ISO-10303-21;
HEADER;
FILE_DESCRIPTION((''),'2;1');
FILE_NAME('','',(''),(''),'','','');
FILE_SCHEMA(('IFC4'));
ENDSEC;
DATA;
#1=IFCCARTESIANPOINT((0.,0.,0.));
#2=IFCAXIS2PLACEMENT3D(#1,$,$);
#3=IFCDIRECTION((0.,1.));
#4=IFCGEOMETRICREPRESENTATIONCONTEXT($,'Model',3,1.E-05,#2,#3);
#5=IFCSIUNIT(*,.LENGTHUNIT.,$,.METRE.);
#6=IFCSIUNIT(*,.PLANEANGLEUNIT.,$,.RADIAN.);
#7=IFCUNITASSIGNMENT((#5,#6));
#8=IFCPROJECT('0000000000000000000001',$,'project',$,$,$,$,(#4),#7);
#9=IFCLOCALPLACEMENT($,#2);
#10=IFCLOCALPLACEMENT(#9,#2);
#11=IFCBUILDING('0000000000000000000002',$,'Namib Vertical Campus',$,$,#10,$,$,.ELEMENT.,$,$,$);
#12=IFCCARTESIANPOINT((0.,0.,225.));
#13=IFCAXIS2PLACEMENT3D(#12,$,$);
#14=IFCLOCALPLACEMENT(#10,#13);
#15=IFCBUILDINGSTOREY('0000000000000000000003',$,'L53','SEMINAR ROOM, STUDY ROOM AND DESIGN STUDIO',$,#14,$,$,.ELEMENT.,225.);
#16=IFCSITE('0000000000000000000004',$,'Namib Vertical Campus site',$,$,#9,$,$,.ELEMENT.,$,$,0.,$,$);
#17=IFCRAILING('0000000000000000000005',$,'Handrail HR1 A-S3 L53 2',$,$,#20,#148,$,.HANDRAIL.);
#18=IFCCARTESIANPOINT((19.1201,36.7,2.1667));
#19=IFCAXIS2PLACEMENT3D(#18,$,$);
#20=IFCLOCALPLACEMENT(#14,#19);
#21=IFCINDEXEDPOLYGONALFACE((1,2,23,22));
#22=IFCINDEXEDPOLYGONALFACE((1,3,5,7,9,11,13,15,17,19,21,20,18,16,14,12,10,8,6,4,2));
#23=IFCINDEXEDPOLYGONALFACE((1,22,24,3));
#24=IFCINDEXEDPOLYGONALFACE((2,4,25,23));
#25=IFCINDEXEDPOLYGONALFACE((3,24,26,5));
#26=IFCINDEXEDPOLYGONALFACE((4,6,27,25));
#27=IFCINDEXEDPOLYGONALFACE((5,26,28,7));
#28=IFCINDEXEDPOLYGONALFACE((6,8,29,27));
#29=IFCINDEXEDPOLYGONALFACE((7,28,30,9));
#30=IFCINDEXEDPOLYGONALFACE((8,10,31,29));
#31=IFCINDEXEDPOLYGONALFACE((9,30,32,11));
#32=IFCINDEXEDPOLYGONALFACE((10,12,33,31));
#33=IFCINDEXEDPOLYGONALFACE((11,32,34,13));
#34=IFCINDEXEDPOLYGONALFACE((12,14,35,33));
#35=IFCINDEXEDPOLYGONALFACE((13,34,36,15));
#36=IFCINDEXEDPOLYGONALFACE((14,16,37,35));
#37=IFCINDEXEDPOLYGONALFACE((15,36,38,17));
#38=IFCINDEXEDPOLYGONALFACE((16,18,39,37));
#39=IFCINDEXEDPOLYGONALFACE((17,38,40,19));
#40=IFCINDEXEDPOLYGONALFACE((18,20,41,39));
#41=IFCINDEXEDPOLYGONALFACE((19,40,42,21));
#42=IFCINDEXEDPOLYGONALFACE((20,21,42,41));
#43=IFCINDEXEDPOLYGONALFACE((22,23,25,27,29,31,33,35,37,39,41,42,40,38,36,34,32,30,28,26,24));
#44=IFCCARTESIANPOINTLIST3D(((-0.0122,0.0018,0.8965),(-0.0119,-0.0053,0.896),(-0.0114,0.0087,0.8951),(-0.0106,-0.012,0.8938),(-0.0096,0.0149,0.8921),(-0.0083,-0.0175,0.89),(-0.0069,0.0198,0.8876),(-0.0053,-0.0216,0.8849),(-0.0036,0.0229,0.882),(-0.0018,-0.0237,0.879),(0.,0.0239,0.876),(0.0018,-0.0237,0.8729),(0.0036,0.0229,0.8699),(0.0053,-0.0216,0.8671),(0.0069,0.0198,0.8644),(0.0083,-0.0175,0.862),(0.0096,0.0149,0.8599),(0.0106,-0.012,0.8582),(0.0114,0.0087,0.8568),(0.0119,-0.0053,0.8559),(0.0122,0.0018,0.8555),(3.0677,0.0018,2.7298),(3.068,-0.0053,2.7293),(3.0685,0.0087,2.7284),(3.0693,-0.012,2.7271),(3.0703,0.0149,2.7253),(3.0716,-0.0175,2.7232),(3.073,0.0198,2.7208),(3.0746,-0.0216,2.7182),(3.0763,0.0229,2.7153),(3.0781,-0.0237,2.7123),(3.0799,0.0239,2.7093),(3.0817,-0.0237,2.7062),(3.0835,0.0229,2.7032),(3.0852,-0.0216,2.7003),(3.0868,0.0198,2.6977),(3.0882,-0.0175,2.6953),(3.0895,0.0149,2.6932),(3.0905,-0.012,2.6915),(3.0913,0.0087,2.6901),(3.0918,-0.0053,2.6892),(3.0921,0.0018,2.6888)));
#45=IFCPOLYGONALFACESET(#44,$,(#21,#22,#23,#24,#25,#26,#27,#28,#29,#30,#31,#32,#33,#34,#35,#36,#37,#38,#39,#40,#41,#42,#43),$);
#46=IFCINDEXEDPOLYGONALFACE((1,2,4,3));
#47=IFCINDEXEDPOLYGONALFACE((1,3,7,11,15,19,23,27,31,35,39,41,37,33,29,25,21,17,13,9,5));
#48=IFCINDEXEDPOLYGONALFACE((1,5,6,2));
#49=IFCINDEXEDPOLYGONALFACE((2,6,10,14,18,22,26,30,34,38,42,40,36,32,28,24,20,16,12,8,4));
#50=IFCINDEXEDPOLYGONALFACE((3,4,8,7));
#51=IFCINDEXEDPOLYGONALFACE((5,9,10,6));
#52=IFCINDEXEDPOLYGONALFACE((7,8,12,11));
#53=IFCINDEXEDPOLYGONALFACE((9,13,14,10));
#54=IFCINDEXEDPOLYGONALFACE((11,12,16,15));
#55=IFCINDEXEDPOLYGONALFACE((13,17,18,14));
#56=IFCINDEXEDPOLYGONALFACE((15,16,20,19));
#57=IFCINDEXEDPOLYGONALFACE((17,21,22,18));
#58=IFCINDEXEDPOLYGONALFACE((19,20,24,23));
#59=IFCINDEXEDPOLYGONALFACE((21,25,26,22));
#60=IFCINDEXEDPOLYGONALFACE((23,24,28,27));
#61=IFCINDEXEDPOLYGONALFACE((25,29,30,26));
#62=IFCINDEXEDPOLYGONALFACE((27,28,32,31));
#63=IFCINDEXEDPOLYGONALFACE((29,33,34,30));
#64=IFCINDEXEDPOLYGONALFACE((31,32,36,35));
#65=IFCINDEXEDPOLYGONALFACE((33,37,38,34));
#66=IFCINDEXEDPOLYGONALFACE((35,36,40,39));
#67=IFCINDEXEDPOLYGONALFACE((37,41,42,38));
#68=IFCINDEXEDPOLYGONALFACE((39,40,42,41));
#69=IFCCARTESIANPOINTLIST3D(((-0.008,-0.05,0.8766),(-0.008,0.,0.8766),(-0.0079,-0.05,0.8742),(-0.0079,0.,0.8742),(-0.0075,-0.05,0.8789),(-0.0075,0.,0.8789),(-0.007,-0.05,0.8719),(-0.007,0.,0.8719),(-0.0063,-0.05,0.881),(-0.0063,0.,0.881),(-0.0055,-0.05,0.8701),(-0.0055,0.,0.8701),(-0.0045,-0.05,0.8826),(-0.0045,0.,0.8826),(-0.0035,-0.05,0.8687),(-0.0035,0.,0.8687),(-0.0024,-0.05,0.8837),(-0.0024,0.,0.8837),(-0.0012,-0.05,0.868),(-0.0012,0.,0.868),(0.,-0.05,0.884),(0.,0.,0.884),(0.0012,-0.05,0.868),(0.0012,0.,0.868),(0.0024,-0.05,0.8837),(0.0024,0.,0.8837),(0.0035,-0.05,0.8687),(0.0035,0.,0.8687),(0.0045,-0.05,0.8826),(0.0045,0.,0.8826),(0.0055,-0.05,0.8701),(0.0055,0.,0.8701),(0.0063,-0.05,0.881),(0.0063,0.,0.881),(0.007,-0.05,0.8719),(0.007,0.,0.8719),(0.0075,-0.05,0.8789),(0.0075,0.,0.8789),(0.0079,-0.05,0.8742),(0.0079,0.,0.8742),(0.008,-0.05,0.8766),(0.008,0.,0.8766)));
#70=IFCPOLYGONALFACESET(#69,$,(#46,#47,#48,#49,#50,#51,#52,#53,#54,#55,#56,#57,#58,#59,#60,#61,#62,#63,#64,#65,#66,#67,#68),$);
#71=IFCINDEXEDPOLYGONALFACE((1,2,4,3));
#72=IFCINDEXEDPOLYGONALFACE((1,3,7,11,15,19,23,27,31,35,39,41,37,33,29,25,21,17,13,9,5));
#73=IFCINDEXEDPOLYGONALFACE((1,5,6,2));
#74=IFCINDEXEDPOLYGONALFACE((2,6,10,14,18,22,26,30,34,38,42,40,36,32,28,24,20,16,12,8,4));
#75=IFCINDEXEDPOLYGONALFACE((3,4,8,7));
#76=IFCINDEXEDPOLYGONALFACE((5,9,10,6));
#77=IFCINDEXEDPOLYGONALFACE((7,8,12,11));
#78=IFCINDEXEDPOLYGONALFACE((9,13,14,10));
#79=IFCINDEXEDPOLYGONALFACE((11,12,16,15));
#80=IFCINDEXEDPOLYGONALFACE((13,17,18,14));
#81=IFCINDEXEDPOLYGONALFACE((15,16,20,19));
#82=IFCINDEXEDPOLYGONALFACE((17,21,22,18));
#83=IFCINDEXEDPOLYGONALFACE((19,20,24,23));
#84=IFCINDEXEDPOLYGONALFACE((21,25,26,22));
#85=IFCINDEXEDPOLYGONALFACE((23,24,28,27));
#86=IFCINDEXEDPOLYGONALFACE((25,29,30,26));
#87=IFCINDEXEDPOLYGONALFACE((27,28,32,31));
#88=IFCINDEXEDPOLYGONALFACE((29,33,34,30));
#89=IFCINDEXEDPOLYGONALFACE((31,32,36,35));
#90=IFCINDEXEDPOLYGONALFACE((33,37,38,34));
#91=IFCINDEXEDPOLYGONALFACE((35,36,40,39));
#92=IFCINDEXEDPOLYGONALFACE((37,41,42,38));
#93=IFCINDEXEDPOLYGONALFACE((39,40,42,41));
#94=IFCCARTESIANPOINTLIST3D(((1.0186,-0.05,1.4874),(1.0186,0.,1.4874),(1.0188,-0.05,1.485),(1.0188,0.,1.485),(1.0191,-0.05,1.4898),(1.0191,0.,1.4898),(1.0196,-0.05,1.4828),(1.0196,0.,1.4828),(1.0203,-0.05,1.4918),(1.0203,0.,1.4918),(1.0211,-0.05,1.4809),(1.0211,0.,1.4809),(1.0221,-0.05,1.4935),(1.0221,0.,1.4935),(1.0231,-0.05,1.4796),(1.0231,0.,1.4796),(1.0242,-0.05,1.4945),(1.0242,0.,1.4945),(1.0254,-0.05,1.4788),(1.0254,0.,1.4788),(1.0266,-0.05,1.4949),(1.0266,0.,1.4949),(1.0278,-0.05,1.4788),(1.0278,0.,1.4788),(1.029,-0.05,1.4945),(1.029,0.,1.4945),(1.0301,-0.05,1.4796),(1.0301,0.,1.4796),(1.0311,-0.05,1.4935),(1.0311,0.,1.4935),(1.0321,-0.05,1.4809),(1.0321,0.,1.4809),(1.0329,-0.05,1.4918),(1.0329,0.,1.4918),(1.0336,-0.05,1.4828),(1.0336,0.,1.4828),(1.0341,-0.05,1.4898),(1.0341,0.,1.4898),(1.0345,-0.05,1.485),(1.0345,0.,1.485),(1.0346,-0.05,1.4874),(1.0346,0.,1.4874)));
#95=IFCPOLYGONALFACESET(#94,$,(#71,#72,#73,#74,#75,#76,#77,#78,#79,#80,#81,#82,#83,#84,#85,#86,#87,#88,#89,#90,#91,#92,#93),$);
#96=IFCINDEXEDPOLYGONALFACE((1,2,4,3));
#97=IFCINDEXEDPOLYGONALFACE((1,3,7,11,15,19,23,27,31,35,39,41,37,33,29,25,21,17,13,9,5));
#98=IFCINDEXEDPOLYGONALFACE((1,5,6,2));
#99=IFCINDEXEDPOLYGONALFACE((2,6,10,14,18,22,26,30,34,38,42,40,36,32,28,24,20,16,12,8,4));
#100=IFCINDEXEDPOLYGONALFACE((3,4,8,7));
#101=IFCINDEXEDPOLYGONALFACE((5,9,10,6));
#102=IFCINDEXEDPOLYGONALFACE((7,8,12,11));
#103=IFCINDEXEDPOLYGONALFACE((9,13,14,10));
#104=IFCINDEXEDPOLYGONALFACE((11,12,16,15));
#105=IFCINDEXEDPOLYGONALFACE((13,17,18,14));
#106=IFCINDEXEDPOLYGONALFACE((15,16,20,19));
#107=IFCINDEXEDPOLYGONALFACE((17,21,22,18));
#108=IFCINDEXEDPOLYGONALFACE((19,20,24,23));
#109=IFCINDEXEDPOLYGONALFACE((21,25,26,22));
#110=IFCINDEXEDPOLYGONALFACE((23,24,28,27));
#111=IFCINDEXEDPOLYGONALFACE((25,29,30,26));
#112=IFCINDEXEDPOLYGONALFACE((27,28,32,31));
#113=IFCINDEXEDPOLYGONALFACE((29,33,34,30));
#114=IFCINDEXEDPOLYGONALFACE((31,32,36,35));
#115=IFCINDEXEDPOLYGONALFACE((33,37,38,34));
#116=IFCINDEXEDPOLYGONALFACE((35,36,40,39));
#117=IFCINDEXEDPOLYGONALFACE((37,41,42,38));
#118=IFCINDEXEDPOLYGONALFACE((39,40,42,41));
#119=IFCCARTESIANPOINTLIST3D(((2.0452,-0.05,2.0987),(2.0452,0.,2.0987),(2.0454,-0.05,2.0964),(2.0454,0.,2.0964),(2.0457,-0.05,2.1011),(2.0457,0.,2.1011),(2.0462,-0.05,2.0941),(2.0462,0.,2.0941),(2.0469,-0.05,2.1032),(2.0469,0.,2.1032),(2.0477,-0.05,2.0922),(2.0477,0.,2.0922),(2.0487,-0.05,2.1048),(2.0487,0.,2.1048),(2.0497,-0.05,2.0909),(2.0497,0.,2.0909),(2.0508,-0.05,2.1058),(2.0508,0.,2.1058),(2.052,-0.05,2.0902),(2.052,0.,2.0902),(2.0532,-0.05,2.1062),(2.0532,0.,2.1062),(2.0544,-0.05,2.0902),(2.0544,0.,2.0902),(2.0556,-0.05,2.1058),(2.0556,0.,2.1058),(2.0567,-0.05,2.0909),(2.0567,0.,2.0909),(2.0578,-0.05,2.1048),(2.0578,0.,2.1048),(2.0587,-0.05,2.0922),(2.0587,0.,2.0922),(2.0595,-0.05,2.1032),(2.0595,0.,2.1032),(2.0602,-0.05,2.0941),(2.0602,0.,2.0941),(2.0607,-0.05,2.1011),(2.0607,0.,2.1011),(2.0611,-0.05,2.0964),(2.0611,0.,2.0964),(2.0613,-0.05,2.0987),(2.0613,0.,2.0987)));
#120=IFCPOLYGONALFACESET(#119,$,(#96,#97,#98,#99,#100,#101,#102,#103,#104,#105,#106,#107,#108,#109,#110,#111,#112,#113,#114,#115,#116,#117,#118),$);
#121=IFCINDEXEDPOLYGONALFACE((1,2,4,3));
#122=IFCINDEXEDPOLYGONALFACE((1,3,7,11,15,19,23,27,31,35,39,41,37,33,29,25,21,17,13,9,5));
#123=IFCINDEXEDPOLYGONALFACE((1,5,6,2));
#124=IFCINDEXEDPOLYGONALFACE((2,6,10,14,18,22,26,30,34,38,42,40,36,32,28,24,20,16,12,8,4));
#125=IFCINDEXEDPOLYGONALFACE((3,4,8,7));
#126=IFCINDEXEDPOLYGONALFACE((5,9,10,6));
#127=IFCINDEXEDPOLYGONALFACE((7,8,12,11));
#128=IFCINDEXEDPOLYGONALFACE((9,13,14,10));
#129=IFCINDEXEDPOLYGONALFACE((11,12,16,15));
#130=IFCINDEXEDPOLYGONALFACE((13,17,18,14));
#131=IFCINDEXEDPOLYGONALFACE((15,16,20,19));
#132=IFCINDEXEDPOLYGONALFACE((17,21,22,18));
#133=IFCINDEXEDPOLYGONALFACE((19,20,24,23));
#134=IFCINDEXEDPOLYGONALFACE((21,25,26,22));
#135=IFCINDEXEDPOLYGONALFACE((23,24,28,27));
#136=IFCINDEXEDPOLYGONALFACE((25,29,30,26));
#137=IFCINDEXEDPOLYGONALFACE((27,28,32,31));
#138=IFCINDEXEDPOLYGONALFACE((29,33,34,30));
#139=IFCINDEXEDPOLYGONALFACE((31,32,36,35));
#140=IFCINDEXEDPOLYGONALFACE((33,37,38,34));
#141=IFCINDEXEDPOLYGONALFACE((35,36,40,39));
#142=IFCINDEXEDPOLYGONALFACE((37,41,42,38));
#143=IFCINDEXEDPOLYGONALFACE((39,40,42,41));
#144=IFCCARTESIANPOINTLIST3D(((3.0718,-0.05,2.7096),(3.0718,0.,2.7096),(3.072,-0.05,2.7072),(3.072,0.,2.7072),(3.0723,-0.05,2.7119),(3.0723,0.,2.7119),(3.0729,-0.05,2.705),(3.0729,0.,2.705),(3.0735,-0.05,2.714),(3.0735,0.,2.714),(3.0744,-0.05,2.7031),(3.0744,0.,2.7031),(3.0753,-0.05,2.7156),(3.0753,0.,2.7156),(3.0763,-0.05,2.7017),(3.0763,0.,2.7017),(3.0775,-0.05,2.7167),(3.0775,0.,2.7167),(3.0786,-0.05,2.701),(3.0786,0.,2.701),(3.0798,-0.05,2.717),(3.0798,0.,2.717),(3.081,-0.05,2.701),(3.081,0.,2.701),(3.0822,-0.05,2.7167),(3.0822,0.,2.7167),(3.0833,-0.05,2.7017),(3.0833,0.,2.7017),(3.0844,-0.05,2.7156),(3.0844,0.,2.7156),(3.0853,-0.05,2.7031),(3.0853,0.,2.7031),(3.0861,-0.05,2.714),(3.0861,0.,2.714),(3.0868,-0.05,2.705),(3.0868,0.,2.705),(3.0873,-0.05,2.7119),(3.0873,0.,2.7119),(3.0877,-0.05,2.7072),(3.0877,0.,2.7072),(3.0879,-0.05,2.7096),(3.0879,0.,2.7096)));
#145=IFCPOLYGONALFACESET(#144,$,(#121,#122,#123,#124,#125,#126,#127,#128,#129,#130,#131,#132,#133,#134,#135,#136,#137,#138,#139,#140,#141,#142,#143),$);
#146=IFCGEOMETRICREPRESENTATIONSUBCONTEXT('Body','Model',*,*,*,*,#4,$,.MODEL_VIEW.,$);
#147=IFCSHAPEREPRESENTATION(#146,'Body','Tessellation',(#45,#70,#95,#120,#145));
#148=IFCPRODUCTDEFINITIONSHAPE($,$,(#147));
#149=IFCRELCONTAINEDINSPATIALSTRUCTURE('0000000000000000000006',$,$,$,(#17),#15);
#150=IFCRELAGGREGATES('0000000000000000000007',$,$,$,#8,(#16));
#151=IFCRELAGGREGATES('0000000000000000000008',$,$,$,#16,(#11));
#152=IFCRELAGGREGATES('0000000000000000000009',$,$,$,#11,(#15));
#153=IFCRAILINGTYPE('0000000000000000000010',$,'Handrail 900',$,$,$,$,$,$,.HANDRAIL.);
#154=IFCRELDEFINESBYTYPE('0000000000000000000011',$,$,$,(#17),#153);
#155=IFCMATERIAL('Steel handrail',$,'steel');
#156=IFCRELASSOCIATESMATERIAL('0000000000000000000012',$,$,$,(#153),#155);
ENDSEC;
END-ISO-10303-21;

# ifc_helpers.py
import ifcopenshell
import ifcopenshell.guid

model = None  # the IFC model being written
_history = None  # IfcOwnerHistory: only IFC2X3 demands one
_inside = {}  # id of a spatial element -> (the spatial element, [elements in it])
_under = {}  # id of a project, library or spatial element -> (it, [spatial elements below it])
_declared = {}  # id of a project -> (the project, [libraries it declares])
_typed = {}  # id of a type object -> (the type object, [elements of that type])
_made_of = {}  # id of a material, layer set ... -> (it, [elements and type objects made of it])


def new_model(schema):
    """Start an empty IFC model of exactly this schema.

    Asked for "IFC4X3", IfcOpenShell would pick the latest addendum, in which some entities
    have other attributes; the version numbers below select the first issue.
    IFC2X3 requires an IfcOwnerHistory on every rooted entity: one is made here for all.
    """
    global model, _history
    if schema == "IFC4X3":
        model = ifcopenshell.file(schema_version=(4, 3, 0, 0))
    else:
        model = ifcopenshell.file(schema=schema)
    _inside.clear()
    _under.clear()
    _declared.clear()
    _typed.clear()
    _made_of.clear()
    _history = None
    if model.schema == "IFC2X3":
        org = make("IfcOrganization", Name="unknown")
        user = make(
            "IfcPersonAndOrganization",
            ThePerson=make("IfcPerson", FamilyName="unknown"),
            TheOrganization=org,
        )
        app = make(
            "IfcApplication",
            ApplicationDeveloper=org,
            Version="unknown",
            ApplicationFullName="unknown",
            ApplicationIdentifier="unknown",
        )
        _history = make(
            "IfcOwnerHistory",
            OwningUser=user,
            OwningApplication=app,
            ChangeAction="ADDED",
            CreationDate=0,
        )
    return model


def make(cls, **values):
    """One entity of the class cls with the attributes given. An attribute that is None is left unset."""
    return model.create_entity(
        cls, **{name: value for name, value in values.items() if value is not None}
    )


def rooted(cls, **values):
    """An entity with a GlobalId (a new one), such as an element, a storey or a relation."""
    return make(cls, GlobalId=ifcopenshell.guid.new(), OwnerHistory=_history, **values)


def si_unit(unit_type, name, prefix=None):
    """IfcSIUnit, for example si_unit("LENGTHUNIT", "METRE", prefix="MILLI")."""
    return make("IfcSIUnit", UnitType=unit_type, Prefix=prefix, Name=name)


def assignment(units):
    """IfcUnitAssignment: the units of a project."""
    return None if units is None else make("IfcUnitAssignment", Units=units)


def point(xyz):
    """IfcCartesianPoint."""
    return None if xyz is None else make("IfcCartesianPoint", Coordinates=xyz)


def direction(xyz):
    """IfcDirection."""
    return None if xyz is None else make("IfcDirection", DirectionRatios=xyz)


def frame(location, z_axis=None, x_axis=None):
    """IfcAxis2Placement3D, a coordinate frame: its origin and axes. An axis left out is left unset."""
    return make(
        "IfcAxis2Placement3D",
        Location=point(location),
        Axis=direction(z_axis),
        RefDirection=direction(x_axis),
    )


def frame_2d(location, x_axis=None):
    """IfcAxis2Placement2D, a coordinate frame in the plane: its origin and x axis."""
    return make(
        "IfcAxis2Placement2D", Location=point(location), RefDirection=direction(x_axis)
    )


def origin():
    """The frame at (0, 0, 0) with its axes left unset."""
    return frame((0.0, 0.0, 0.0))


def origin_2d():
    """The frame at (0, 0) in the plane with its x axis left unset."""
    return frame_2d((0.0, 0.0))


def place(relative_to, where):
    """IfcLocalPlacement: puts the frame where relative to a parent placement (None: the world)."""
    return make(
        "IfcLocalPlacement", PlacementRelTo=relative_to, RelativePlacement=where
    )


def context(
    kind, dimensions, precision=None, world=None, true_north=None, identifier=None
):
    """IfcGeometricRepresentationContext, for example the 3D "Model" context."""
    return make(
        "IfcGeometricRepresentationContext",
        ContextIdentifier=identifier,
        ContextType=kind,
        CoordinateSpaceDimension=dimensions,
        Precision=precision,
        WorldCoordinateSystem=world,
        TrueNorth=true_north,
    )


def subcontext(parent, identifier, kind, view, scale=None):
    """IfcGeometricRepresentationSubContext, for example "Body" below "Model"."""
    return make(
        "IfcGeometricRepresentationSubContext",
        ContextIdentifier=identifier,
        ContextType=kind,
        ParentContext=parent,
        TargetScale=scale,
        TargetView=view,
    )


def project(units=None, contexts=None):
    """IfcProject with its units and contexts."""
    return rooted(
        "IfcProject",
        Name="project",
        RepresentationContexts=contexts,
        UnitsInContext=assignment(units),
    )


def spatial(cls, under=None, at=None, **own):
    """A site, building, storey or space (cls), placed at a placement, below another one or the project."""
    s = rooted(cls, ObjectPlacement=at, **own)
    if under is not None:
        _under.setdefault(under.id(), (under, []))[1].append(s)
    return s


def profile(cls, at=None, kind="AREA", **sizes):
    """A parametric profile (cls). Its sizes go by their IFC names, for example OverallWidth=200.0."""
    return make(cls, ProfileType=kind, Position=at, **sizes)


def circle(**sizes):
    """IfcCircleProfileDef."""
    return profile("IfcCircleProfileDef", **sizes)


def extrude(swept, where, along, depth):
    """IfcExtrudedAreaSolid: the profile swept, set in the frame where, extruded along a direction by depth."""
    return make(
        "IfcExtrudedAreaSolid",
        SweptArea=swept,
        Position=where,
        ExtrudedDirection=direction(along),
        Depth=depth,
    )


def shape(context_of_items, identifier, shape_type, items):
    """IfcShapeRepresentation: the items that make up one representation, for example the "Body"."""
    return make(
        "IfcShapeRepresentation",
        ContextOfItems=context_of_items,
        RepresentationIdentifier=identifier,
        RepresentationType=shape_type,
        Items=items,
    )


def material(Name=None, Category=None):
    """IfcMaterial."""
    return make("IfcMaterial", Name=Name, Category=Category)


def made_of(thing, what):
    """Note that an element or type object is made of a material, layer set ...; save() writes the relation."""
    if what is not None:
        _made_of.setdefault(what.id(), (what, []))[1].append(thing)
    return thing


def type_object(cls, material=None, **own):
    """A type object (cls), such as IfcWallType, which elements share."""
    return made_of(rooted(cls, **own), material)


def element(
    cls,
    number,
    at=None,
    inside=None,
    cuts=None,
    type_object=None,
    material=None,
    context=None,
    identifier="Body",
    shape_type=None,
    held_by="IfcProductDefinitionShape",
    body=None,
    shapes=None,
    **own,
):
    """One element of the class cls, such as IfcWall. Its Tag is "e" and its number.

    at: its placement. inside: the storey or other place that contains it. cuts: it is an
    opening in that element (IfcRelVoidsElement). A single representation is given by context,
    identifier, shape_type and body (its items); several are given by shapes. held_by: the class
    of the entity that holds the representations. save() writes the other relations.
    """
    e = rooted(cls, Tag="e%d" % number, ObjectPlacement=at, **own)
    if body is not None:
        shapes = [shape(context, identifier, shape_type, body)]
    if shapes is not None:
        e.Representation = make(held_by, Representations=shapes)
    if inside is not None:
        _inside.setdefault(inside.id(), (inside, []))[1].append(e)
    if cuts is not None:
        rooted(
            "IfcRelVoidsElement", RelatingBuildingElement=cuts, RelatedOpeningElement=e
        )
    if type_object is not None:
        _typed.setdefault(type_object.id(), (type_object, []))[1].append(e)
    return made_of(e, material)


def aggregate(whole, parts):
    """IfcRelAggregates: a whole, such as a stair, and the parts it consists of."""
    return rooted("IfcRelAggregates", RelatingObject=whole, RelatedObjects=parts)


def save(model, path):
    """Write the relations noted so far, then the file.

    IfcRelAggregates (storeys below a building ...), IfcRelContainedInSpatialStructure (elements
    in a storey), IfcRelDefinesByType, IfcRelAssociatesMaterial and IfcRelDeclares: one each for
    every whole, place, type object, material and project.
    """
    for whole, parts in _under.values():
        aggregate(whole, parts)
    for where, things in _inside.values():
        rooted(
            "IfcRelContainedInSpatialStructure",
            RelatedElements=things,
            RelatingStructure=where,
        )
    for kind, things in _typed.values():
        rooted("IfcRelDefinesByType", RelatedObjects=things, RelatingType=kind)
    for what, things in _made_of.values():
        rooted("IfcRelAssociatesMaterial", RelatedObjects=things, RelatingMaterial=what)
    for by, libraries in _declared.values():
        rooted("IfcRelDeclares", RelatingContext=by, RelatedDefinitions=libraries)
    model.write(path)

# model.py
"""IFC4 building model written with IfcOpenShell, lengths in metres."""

from ifc_helpers import new_model, si_unit, direction, frame, origin, origin_2d, place, context, subcontext, project, spatial, circle, extrude, material, type_object, element, save


model = new_model("IFC4")

# Units and contexts
model_context = context("Model", 3, precision=1e-05, world=origin(), true_north=direction((0.0, 1.0)))
body_context = subcontext(model_context, "Body", "Model", "MODEL_VIEW")
ifc_project = project(units=[si_unit("LENGTHUNIT", "METRE"), si_unit("PLANEANGLEUNIT", "RADIAN")], contexts=[model_context])

# Site, building, storey
site_placement = place(None, origin())
site = spatial("IfcSite", under=ifc_project, at=site_placement, Name="Namib Vertical Campus site", CompositionType="ELEMENT", RefElevation=0.0)
building_placement = place(site_placement, origin())
building = spatial("IfcBuilding", under=site, at=building_placement, Name="Namib Vertical Campus", CompositionType="ELEMENT")
storey_placement = place(building_placement, frame((0.0, 0.0, 225.0)))
storey = spatial("IfcBuildingStorey", under=building, at=storey_placement, Name="L53", Description="SEMINAR ROOM, STUDY ROOM AND DESIGN STUDIO", CompositionType="ELEMENT", Elevation=225.0)

# Railing
ifc_material_1 = material(Name="Steel handrail", Category="steel")
railing_type_1 = type_object("IfcRailingType", Name="Handrail 900", PredefinedType="HANDRAIL", material=ifc_material_1)
railing_1_placement = place(storey_placement, frame((19.1201, 36.7, 2.1667)))
element("IfcRailing", 1, at=railing_1_placement, inside=storey, type_object=railing_type_1, Name="Handrail HR1 A-S3 L53 2", PredefinedType="HANDRAIL", context=body_context, shape_type="SweptSolid", body=[
    extrude(circle(Radius=0.0239, at=origin_2d()), frame((0.0, 0.0, 0.876), z_axis=(0.859291, 0.0, 0.511487), x_axis=(0.0, 1.0, 0.0)), (0.0, 0.0, 1.0), 3.5842),
    extrude(circle(Radius=0.0081, at=origin_2d()), frame((0.0, 0.0, 0.876), z_axis=(0.0, -1.0, 0.0), x_axis=(0.0, 0.0, 1.0)), (0.0, 0.0, 1.0), 0.05),
    extrude(circle(Radius=0.0081, at=origin_2d()), frame((1.0266, 0.0, 1.4868), z_axis=(0.0, -1.0, 0.0), x_axis=(0.0, 0.0, 1.0)), (0.0, 0.0, 1.0), 0.05),
    extrude(circle(Radius=0.0081, at=origin_2d()), frame((2.0532, 0.0, 2.0981), z_axis=(0.0, -1.0, 0.0), x_axis=(0.0, 0.0, 1.0)), (0.0, 0.0, 1.0), 0.05),
    extrude(circle(Radius=0.0081, at=origin_2d()), frame((3.0798, 0.0, 2.709), z_axis=(0.0, -1.0, 0.0), x_axis=(0.0, 0.0, 1.0)), (0.0, 0.0, 1.0), 0.05),
])

save(model, "model.ifc")
